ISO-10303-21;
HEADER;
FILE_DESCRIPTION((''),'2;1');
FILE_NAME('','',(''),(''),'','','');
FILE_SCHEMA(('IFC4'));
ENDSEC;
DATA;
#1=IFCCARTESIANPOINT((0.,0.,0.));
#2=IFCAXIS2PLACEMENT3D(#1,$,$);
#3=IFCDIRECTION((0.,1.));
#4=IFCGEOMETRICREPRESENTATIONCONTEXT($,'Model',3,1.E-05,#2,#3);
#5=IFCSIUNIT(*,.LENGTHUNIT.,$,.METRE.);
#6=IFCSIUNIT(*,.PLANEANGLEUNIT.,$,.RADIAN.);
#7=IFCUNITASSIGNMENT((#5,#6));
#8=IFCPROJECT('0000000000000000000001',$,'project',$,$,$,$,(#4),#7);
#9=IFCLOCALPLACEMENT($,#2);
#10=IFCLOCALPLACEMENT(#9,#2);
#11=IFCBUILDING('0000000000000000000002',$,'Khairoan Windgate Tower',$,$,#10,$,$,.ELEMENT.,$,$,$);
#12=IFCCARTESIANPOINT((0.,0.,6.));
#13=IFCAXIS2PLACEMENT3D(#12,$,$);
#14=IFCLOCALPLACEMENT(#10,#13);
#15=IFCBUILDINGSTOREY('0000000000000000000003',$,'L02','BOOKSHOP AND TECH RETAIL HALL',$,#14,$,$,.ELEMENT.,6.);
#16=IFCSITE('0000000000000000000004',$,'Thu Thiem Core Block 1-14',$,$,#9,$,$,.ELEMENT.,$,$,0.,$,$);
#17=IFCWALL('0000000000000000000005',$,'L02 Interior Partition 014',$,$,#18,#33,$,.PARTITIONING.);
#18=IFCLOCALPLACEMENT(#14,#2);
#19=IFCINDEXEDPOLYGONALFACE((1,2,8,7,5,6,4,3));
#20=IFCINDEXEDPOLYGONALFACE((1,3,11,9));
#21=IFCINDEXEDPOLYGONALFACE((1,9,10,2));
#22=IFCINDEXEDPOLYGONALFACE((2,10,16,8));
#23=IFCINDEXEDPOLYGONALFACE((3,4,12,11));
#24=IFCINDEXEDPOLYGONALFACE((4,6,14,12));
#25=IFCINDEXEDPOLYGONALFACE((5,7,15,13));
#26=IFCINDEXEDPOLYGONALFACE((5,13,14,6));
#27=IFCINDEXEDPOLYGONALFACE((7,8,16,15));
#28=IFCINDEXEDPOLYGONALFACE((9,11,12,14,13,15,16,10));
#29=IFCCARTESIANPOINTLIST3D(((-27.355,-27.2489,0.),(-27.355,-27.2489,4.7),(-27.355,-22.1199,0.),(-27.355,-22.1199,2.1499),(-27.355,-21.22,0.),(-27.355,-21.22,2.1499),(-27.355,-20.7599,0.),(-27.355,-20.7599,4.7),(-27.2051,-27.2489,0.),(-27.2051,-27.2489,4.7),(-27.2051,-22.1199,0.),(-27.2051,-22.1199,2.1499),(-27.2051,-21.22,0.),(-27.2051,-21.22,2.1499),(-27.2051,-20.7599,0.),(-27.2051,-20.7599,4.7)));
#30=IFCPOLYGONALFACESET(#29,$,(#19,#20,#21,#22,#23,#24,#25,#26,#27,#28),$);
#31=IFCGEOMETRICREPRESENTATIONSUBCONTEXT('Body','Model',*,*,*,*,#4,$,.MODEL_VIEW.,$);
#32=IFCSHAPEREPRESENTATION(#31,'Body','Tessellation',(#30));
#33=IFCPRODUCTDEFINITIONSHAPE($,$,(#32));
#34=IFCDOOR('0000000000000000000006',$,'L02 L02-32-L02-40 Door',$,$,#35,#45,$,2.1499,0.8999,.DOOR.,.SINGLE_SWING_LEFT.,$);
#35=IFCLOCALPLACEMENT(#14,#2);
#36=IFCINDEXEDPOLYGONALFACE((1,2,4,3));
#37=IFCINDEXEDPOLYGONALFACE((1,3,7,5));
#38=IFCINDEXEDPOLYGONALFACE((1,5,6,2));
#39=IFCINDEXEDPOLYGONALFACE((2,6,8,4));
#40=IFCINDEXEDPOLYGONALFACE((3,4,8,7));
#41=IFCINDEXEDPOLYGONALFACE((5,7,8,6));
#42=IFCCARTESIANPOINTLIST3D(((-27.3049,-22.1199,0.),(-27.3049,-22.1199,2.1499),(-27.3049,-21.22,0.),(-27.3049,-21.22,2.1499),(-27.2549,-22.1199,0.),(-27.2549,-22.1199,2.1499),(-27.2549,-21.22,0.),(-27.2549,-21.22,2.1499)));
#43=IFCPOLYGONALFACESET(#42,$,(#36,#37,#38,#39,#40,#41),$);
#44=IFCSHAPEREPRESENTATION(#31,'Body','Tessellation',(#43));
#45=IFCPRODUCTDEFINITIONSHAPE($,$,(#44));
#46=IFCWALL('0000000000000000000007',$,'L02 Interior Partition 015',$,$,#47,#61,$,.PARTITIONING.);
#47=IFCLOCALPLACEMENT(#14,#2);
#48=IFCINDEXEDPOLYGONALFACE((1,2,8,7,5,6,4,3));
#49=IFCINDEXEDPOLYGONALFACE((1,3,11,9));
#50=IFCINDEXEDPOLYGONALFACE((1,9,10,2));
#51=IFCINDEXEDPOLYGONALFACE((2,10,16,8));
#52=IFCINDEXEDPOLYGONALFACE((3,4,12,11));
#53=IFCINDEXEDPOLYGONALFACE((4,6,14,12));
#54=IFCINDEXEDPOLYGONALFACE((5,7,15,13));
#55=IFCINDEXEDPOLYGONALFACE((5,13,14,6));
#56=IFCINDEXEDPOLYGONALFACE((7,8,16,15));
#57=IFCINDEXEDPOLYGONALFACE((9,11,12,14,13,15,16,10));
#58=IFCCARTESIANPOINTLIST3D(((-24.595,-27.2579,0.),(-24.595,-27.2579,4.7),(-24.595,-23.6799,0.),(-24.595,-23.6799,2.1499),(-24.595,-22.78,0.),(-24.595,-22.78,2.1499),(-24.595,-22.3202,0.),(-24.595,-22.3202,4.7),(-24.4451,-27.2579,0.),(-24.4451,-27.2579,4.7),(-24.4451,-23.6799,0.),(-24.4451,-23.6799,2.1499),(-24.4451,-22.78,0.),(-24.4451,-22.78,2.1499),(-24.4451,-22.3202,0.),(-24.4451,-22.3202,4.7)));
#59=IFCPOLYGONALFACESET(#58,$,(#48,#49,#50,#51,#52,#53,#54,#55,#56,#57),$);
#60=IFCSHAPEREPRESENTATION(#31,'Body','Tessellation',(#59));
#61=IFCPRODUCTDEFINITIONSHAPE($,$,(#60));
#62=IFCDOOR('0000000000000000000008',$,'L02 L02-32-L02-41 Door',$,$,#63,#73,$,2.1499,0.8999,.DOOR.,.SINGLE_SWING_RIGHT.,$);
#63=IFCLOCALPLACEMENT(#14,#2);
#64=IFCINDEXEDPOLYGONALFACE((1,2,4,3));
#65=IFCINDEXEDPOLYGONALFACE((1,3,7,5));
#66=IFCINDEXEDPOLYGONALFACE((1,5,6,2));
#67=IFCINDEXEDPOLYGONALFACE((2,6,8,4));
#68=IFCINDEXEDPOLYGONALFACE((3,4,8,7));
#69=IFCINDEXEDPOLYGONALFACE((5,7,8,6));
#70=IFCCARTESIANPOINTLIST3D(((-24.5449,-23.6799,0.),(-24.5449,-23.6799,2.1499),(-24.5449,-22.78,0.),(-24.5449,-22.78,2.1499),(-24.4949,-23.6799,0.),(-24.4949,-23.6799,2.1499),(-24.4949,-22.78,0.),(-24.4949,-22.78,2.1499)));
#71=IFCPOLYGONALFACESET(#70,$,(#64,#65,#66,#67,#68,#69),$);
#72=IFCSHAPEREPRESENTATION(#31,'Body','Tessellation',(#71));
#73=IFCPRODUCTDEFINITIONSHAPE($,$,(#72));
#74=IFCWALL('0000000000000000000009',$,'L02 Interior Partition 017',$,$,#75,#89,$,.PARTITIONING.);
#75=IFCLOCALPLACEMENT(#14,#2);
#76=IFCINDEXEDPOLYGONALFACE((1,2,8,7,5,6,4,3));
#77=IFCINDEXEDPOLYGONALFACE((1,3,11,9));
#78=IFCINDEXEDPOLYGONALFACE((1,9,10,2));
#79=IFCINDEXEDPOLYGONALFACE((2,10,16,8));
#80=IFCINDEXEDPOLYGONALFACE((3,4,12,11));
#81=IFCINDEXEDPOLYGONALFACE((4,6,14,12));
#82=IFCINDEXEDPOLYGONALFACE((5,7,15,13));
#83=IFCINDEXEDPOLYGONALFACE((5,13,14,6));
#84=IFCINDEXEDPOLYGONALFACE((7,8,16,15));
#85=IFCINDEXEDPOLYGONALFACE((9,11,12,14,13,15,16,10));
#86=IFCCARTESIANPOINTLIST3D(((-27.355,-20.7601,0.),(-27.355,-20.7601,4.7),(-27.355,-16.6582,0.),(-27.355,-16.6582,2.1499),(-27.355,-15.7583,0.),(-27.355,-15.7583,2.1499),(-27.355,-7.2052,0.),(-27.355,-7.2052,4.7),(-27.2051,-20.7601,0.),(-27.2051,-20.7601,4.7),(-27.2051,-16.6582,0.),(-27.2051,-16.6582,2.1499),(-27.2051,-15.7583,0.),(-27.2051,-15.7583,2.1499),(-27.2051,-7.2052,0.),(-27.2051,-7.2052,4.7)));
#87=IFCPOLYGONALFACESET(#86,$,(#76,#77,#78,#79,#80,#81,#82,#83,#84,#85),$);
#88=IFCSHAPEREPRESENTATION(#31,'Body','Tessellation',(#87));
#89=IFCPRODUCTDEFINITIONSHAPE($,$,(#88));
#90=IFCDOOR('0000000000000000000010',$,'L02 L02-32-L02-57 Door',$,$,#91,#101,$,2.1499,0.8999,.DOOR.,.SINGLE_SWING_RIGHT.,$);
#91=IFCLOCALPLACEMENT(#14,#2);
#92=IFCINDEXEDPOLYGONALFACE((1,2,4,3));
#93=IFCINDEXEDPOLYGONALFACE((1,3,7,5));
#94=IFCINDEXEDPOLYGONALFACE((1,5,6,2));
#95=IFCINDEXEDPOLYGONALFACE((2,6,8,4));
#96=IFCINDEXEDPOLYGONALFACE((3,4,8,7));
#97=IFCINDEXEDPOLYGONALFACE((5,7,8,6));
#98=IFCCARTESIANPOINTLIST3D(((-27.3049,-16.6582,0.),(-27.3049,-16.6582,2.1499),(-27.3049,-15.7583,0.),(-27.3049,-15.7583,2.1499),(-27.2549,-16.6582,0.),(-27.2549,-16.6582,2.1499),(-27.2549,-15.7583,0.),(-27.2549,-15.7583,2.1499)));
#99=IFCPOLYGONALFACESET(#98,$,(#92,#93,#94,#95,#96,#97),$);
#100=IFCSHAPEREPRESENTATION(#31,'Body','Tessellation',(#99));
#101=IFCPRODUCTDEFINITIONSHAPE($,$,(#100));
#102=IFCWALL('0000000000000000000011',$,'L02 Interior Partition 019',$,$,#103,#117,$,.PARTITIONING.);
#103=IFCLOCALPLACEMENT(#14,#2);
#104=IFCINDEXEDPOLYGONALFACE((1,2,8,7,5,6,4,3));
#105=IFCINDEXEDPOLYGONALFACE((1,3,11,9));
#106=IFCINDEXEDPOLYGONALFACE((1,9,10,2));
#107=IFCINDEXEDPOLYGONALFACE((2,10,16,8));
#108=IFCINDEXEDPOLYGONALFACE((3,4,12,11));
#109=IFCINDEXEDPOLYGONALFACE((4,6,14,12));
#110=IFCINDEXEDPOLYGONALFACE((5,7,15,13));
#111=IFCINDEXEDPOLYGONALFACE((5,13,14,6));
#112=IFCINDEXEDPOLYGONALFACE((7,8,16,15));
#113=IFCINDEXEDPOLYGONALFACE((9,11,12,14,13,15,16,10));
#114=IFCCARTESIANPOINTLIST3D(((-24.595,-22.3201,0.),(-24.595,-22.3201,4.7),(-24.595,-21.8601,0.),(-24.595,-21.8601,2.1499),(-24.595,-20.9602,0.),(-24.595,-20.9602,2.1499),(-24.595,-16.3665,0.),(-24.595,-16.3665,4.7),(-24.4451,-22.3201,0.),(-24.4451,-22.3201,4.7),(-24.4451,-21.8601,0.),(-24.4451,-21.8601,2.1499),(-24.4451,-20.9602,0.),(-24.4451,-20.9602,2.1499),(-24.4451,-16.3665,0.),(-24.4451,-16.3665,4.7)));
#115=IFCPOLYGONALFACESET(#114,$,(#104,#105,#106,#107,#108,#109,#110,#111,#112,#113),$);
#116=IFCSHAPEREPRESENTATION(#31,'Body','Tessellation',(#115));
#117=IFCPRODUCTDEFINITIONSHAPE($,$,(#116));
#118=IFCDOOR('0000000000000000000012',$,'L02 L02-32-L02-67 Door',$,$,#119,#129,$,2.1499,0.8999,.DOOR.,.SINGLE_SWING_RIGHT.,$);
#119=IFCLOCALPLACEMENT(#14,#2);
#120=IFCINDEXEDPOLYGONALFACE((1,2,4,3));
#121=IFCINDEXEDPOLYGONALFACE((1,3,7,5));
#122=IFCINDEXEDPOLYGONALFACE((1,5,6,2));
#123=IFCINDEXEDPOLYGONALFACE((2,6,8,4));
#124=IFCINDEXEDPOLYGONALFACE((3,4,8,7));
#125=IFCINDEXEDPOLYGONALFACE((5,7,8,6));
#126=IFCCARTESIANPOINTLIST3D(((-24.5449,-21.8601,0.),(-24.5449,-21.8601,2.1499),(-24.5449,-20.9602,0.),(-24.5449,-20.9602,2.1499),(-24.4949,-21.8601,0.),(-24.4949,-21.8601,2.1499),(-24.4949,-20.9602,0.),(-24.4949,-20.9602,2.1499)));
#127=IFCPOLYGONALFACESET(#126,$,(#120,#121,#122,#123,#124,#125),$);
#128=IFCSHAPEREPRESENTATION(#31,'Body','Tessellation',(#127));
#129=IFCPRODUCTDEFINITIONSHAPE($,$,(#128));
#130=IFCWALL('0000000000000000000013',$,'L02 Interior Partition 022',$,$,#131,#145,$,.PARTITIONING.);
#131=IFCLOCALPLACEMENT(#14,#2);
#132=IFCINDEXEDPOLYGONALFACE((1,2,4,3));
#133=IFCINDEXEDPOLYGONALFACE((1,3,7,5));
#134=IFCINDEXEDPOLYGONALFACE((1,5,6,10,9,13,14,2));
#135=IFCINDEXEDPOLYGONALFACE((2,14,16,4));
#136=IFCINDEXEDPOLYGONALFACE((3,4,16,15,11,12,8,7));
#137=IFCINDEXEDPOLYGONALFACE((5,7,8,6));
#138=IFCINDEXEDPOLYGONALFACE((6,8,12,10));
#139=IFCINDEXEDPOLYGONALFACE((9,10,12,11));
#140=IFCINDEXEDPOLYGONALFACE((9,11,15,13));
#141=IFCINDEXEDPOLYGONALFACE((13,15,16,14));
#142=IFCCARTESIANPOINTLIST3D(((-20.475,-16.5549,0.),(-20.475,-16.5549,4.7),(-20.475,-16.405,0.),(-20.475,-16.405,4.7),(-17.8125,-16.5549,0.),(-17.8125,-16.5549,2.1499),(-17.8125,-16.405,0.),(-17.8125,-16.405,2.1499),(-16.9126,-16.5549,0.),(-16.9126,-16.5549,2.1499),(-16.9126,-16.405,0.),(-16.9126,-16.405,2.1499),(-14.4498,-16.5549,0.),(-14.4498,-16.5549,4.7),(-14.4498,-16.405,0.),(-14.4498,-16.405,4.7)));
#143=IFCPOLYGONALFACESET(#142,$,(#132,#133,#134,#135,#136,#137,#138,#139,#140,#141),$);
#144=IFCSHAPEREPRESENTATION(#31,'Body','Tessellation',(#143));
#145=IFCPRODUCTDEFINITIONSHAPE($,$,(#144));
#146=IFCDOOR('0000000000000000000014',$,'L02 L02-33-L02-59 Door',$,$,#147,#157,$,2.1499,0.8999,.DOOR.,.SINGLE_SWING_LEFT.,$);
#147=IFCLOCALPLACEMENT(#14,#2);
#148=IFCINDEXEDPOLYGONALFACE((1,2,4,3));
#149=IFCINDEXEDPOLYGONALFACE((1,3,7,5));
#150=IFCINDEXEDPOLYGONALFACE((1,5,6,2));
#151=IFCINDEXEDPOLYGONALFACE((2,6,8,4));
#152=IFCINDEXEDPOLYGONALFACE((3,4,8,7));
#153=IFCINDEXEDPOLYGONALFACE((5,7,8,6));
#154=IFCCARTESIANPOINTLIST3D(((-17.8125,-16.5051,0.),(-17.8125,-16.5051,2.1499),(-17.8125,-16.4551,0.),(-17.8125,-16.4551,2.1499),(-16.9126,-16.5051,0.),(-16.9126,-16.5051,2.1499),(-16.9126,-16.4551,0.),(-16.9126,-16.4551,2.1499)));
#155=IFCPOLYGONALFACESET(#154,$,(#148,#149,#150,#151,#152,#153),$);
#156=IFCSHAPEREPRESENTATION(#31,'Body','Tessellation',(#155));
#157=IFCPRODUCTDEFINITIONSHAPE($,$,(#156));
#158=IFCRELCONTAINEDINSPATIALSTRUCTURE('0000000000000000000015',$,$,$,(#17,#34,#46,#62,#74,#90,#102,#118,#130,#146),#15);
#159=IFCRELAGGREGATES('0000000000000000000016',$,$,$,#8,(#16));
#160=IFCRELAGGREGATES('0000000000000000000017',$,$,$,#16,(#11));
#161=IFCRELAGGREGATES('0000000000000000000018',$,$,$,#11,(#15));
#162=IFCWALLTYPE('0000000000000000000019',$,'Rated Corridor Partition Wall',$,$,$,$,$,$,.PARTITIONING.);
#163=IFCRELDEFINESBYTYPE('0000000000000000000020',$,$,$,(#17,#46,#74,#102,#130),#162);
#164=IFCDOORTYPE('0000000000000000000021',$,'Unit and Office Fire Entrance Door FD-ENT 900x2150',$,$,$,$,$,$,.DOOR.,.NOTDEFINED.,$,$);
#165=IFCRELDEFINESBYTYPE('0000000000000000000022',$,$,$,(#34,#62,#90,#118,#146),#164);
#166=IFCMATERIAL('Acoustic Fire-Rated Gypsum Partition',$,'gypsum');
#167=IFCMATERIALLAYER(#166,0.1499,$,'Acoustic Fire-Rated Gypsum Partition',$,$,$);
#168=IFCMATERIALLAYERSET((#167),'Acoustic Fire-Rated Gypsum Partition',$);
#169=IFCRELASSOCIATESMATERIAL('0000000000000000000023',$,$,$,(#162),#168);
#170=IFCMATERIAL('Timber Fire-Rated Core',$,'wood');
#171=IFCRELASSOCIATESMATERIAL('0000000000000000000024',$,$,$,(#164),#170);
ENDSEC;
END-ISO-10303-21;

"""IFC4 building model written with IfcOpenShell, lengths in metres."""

from ifc_helpers import new_model, si_unit, direction, frame, frame_2d, origin, place, context, subcontext, project, spatial, rectangle, extrude, material, layer, layer_set, type_object, element, fill, save


model = new_model("IFC4")

# Units and contexts
model_context = context("Model", 3, precision=1e-05, world=origin(), true_north=direction((0.0, 1.0)))
body_context = subcontext(model_context, "Body", "Model", "MODEL_VIEW")
ifc_project = project(units=[si_unit("LENGTHUNIT", "METRE"), si_unit("PLANEANGLEUNIT", "RADIAN")], contexts=[model_context])

# Site, building, storey
site_placement = place(None, origin())
site = spatial("IfcSite", under=ifc_project, at=site_placement, Name="Thu Thiem Core Block 1-14", CompositionType="ELEMENT", RefElevation=0.0)
building_placement = place(site_placement, origin())
building = spatial("IfcBuilding", under=site, at=building_placement, Name="Khairoan Windgate Tower", CompositionType="ELEMENT")
storey_placement = place(building_placement, frame((0.0, 0.0, 6.0)))
storey = spatial("IfcBuildingStorey", under=building, at=storey_placement, Name="L02", Description="BOOKSHOP AND TECH RETAIL HALL", CompositionType="ELEMENT", Elevation=6.0)

# Walls, openings, doors
ifc_material_1 = material(Name="Acoustic Fire-Rated Gypsum Partition", Category="gypsum")
ifc_layer_1 = layer(ifc_material_1, 0.1499, Name="Acoustic Fire-Rated Gypsum Partition")
ifc_layer_set_1 = layer_set([ifc_layer_1], Name="Acoustic Fire-Rated Gypsum Partition")
wall_type_1 = type_object("IfcWallType", Name="Rated Corridor Partition Wall", PredefinedType="PARTITIONING", material=ifc_layer_set_1)
wall_1_placement = place(storey_placement, frame((-27.28, -27.249, 0.0), z_axis=(0.0, 0.0, 1.0), x_axis=(0.0, 1.0, 0.0)))
wall_1 = element("IfcWall", 1, at=wall_1_placement, inside=storey, type_object=wall_type_1, Name="L02 Interior Partition 014", PredefinedType="PARTITIONING", context=body_context, shape_type="SweptSolid", body=[
    extrude(rectangle(XDim=6.489, YDim=0.1499, at=frame_2d((3.2446, 0.0))), origin(), (0.0, 0.0, 1.0), 4.7),
])
opening_1_placement = place(wall_1_placement, frame((5.1292, 0.0, 0.0)))
opening_1 = element("IfcOpeningElement", 2, at=opening_1_placement, cuts=wall_1, PredefinedType="OPENING", context=body_context, shape_type="SweptSolid", body=[
    extrude(rectangle(XDim=0.8999, YDim=2.1499, at=frame_2d((0.45, 1.075))), frame((0.0, 0.085, 0.0), z_axis=(0.0, -1.0, 0.0), x_axis=(1.0, 0.0, 0.0)), (0.0, 0.0, 1.0), 0.1699),
])
ifc_material_2 = material(Name="Timber Fire-Rated Core", Category="wood")
door_type_1 = type_object("IfcDoorType", Name="Unit and Office Fire Entrance Door FD-ENT 900x2150", OperationType="NOTDEFINED", PredefinedType="DOOR", material=ifc_material_2)
door_1_placement = place(opening_1_placement, origin())
door_1 = element("IfcDoor", 3, at=door_1_placement, inside=storey, type_object=door_type_1, Name="L02 L02-32-L02-40 Door", OperationType="SINGLE_SWING_LEFT", OverallHeight=2.1499, OverallWidth=0.8999, PredefinedType="DOOR", context=body_context, shape_type="SweptSolid", body=[
    extrude(rectangle(XDim=0.8999, YDim=2.1499, at=frame_2d((0.45, 1.075))), frame((0.0, 0.0249, 0.0), z_axis=(0.0, -1.0, 0.0), x_axis=(1.0, 0.0, 0.0)), (0.0, 0.0, 1.0), 0.05),
])
fill(opening_1, door_1)
wall_2_placement = place(storey_placement, frame((-24.52, -27.2578, 0.0), z_axis=(0.0, 0.0, 1.0), x_axis=(0.0, 1.0, 0.0)))
wall_2 = element("IfcWall", 4, at=wall_2_placement, inside=storey, type_object=wall_type_1, Name="L02 Interior Partition 015", PredefinedType="PARTITIONING", context=body_context, shape_type="SweptSolid", body=[
    extrude(rectangle(XDim=4.9377, YDim=0.1499, at=frame_2d((2.4688, 0.0))), origin(), (0.0, 0.0, 1.0), 4.7),
])
opening_2_placement = place(wall_2_placement, frame((3.5779, 0.0, 0.0)))
opening_2 = element("IfcOpeningElement", 5, at=opening_2_placement, cuts=wall_2, PredefinedType="OPENING", context=body_context, shape_type="SweptSolid", body=[
    extrude(rectangle(XDim=0.8999, YDim=2.1499, at=frame_2d((0.45, 1.075))), frame((0.0, 0.085, 0.0), z_axis=(0.0, -1.0, 0.0), x_axis=(1.0, 0.0, 0.0)), (0.0, 0.0, 1.0), 0.1699),
])
door_2_placement = place(opening_2_placement, origin())
door_2 = element("IfcDoor", 6, at=door_2_placement, inside=storey, type_object=door_type_1, Name="L02 L02-32-L02-41 Door", OperationType="SINGLE_SWING_RIGHT", OverallHeight=2.1499, OverallWidth=0.8999, PredefinedType="DOOR", context=body_context, shape_type="SweptSolid", body=[
    extrude(rectangle(XDim=0.8999, YDim=2.1499, at=frame_2d((0.45, 1.075))), frame((0.0, 0.0249, 0.0), z_axis=(0.0, -1.0, 0.0), x_axis=(1.0, 0.0, 0.0)), (0.0, 0.0, 1.0), 0.05),
])
fill(opening_2, door_2)
wall_3_placement = place(storey_placement, frame((-27.28, -20.76, 0.0), z_axis=(0.0, 0.0, 1.0), x_axis=(0.0, 1.0, 0.0)))
wall_3 = element("IfcWall", 7, at=wall_3_placement, inside=storey, type_object=wall_type_1, Name="L02 Interior Partition 017", PredefinedType="PARTITIONING", context=body_context, shape_type="SweptSolid", body=[
    extrude(rectangle(XDim=13.5549, YDim=0.1499, at=frame_2d((6.7773, 0.0))), origin(), (0.0, 0.0, 1.0), 4.7),
])
opening_3_placement = place(wall_3_placement, frame((4.1018, 0.0, 0.0)))
opening_3 = element("IfcOpeningElement", 8, at=opening_3_placement, cuts=wall_3, PredefinedType="OPENING", context=body_context, shape_type="SweptSolid", body=[
    extrude(rectangle(XDim=0.8999, YDim=2.1499, at=frame_2d((0.45, 1.075))), frame((0.0, 0.085, 0.0), z_axis=(0.0, -1.0, 0.0), x_axis=(1.0, 0.0, 0.0)), (0.0, 0.0, 1.0), 0.1699),
])
door_3_placement = place(opening_3_placement, origin())
door_3 = element("IfcDoor", 9, at=door_3_placement, inside=storey, type_object=door_type_1, Name="L02 L02-32-L02-57 Door", OperationType="SINGLE_SWING_RIGHT", OverallHeight=2.1499, OverallWidth=0.8999, PredefinedType="DOOR", context=body_context, shape_type="SweptSolid", body=[
    extrude(rectangle(XDim=0.8999, YDim=2.1499, at=frame_2d((0.45, 1.075))), frame((0.0, 0.0249, 0.0), z_axis=(0.0, -1.0, 0.0), x_axis=(1.0, 0.0, 0.0)), (0.0, 0.0, 1.0), 0.05),
])
fill(opening_3, door_3)
wall_4_placement = place(storey_placement, frame((-24.52, -22.3201, 0.0), z_axis=(0.0, 0.0, 1.0), x_axis=(0.0, 1.0, 0.0)))
wall_4 = element("IfcWall", 10, at=wall_4_placement, inside=storey, type_object=wall_type_1, Name="L02 Interior Partition 019", PredefinedType="PARTITIONING", context=body_context, shape_type="SweptSolid", body=[
    extrude(rectangle(XDim=5.9536, YDim=0.1499, at=frame_2d((2.9768, 0.0))), origin(), (0.0, 0.0, 1.0), 4.7),
])
opening_4_placement = place(wall_4_placement, frame((0.46, 0.0, 0.0)))
opening_4 = element("IfcOpeningElement", 11, at=opening_4_placement, cuts=wall_4, PredefinedType="OPENING", context=body_context, shape_type="SweptSolid", body=[
    extrude(rectangle(XDim=0.8999, YDim=2.1499, at=frame_2d((0.45, 1.075))), frame((0.0, 0.085, 0.0), z_axis=(0.0, -1.0, 0.0), x_axis=(1.0, 0.0, 0.0)), (0.0, 0.0, 1.0), 0.1699),
])
door_4_placement = place(opening_4_placement, origin())
door_4 = element("IfcDoor", 12, at=door_4_placement, inside=storey, type_object=door_type_1, Name="L02 L02-32-L02-67 Door", OperationType="SINGLE_SWING_RIGHT", OverallHeight=2.1499, OverallWidth=0.8999, PredefinedType="DOOR", context=body_context, shape_type="SweptSolid", body=[
    extrude(rectangle(XDim=0.8999, YDim=2.1499, at=frame_2d((0.45, 1.075))), frame((0.0, 0.0249, 0.0), z_axis=(0.0, -1.0, 0.0), x_axis=(1.0, 0.0, 0.0)), (0.0, 0.0, 1.0), 0.05),
])
fill(opening_4, door_4)
wall_5_placement = place(storey_placement, frame((-20.4751, -16.48, 0.0), z_axis=(0.0, 0.0, 1.0), x_axis=(1.0, 0.0, 0.0)))
wall_5 = element("IfcWall", 13, at=wall_5_placement, inside=storey, type_object=wall_type_1, Name="L02 Interior Partition 022", PredefinedType="PARTITIONING", context=body_context, shape_type="SweptSolid", body=[
    extrude(rectangle(XDim=6.0251, YDim=0.1499, at=frame_2d((3.0127, 0.0))), origin(), (0.0, 0.0, 1.0), 4.7),
])
opening_5_placement = place(wall_5_placement, frame((2.6626, 0.0, 0.0)))
opening_5 = element("IfcOpeningElement", 14, at=opening_5_placement, cuts=wall_5, PredefinedType="OPENING", context=body_context, shape_type="SweptSolid", body=[
    extrude(rectangle(XDim=0.8999, YDim=2.1499, at=frame_2d((0.45, 1.075))), frame((0.0, 0.085, 0.0), z_axis=(0.0, -1.0, 0.0), x_axis=(1.0, 0.0, 0.0)), (0.0, 0.0, 1.0), 0.1699),
])
door_5_placement = place(opening_5_placement, origin())
door_5 = element("IfcDoor", 15, at=door_5_placement, inside=storey, type_object=door_type_1, Name="L02 L02-33-L02-59 Door", OperationType="SINGLE_SWING_LEFT", OverallHeight=2.1499, OverallWidth=0.8999, PredefinedType="DOOR", context=body_context, shape_type="SweptSolid", body=[
    extrude(rectangle(XDim=0.8999, YDim=2.1499, at=frame_2d((0.45, 1.075))), frame((0.0, 0.0249, 0.0), z_axis=(0.0, -1.0, 0.0), x_axis=(1.0, 0.0, 0.0)), (0.0, 0.0, 1.0), 0.05),
])
fill(opening_5, door_5)

save(model, "model.ifc")
